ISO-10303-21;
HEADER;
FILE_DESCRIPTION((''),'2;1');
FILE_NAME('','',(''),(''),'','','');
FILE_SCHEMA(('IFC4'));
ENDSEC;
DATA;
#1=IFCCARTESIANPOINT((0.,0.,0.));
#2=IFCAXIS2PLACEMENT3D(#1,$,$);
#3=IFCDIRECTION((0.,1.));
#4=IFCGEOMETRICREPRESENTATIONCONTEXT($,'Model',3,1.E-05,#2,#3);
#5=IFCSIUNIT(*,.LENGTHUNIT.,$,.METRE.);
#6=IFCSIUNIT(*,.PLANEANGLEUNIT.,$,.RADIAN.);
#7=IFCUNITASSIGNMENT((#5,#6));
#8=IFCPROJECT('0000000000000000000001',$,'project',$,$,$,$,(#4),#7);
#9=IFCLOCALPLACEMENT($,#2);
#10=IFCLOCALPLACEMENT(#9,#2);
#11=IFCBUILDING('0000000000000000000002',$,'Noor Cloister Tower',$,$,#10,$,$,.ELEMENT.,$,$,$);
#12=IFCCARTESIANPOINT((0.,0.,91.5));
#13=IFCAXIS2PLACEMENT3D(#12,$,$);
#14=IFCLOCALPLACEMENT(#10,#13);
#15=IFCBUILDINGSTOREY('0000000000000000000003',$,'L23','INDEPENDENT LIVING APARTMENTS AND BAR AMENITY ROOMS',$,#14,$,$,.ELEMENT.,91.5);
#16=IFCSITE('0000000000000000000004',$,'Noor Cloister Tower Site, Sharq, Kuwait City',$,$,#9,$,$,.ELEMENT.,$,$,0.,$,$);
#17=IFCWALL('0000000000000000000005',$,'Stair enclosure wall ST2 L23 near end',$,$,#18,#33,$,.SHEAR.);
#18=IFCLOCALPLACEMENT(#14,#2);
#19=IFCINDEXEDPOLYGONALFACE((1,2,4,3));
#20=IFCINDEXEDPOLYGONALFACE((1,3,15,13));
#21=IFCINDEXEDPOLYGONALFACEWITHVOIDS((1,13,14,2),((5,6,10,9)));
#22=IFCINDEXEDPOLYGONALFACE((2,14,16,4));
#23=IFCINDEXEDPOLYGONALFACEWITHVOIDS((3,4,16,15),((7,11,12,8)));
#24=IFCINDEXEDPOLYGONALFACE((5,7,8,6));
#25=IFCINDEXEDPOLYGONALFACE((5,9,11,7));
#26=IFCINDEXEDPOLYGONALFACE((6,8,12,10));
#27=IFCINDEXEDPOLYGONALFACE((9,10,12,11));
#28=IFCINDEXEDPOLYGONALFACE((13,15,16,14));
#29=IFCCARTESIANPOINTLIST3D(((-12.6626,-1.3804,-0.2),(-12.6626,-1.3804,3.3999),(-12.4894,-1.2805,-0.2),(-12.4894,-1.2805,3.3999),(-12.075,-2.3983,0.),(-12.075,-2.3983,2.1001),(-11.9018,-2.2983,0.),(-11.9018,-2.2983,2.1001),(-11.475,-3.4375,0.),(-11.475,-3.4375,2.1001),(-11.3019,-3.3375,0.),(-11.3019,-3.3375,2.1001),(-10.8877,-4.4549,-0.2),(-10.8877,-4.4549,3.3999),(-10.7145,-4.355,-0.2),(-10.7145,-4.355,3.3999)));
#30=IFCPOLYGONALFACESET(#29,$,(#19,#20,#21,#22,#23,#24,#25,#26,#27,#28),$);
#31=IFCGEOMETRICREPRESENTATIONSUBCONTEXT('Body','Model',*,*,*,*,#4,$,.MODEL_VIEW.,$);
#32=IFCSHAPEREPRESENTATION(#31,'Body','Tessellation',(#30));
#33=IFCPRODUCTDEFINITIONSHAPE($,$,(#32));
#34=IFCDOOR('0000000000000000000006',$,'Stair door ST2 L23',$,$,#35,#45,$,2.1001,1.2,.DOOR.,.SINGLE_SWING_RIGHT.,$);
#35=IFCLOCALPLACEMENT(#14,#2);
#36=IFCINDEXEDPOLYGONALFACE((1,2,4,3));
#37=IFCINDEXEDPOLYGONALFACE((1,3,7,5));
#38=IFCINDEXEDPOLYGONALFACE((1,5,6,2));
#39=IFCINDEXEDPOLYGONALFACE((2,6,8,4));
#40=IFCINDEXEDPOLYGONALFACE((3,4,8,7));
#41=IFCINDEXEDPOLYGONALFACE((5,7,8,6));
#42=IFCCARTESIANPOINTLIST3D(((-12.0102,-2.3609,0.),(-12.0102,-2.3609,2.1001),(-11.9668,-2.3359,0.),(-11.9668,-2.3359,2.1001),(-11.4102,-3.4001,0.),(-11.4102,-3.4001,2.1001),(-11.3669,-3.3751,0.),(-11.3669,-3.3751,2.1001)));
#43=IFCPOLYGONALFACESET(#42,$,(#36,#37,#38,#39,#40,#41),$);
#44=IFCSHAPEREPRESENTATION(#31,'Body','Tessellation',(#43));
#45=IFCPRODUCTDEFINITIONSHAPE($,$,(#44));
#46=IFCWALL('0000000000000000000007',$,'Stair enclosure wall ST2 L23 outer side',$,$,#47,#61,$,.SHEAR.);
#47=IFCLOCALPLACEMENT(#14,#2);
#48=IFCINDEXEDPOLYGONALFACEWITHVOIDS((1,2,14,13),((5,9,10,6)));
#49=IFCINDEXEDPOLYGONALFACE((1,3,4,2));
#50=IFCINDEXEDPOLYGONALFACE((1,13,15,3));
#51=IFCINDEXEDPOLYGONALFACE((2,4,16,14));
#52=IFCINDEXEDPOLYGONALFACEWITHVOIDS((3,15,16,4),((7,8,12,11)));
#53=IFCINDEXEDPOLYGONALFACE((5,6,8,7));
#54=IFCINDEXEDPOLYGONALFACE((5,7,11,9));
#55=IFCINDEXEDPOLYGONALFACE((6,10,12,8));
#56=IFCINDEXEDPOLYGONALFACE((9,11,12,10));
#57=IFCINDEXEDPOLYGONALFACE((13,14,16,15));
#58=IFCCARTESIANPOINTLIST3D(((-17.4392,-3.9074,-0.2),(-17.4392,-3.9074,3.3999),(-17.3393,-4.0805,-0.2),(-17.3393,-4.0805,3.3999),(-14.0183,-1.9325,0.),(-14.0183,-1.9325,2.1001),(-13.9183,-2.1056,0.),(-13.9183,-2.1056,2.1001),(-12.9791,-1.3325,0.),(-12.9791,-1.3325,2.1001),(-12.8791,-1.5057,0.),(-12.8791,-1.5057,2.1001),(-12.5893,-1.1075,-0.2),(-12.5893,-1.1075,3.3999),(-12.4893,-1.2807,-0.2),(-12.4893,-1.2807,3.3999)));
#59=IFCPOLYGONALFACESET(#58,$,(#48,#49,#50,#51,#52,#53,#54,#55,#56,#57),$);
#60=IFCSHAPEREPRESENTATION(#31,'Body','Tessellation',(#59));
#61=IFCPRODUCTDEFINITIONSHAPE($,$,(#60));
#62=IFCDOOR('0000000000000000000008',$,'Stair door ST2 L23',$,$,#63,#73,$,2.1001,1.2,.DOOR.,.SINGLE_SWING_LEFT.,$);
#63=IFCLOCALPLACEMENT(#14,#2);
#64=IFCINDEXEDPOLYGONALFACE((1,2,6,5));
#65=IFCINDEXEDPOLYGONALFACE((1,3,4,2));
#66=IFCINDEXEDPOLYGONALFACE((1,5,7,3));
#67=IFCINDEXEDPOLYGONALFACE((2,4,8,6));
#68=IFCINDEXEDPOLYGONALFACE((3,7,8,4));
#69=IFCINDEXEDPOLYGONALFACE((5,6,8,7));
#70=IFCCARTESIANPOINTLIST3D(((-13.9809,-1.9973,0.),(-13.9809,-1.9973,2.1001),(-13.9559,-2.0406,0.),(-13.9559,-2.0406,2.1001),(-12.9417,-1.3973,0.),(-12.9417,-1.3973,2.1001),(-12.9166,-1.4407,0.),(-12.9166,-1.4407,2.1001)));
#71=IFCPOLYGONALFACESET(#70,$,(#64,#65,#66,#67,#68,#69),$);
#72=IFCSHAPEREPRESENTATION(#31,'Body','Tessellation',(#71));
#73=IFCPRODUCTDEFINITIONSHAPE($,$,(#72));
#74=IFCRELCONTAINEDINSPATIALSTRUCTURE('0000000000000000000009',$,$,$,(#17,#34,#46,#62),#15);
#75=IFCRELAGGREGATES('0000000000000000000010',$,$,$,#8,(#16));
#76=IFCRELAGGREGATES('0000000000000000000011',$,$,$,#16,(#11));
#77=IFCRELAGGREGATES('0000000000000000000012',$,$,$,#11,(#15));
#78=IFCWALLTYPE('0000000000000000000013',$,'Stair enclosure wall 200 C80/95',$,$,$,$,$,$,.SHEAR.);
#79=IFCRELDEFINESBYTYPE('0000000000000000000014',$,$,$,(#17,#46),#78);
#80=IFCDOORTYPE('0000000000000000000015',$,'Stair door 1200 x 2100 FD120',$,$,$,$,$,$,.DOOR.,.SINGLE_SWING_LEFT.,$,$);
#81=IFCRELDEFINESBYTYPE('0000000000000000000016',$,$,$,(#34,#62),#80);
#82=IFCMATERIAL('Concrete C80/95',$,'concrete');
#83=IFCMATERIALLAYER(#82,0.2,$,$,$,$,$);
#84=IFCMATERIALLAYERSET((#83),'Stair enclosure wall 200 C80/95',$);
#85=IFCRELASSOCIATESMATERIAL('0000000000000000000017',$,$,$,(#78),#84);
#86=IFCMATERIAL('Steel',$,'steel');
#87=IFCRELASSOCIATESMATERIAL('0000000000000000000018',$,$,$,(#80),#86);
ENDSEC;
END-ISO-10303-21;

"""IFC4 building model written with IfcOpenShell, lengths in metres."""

from ifc_helpers import new_model, si_unit, direction, frame, frame_2d, origin, place, context, subcontext, project, spatial, rectangle, extrude, material, layer, layer_set, type_object, element, fill, save


model = new_model("IFC4")

# Units and contexts
model_context = context("Model", 3, precision=1e-05, world=origin(), true_north=direction((0.0, 1.0)))
body_context = subcontext(model_context, "Body", "Model", "MODEL_VIEW")
ifc_project = project(units=[si_unit("LENGTHUNIT", "METRE"), si_unit("PLANEANGLEUNIT", "RADIAN")], contexts=[model_context])

# Site, building, storey
site_placement = place(None, origin())
site = spatial("IfcSite", under=ifc_project, at=site_placement, Name="Noor Cloister Tower Site, Sharq, Kuwait City", CompositionType="ELEMENT", RefElevation=0.0)
building_placement = place(site_placement, origin())
building = spatial("IfcBuilding", under=site, at=building_placement, Name="Noor Cloister Tower", CompositionType="ELEMENT")
storey_placement = place(building_placement, frame((0.0, 0.0, 91.5)))
storey = spatial("IfcBuildingStorey", under=building, at=storey_placement, Name="L23", Description="INDEPENDENT LIVING APARTMENTS AND BAR AMENITY ROOMS", CompositionType="ELEMENT", Elevation=91.5)

# Walls, openings, doors
ifc_material_1 = material(Name="Concrete C80/95", Category="concrete")
ifc_layer_1 = layer(ifc_material_1, 0.2)
ifc_layer_set_1 = layer_set([ifc_layer_1], Name="Stair enclosure wall 200 C80/95")
wall_type_1 = type_object("IfcWallType", Name="Stair enclosure wall 200 C80/95", PredefinedType="SHEAR", material=ifc_layer_set_1)
wall_1_placement = place(storey_placement, frame((-12.5759, -1.3306, -0.2), z_axis=(0.0, 0.0, 1.0), x_axis=(0.49997, -0.866042, 0.0)))
wall_1 = element("IfcWall", 1, at=wall_1_placement, inside=storey, type_object=wall_type_1, Name="Stair enclosure wall ST2 L23 near end", PredefinedType="SHEAR", context=body_context, shape_type="SweptSolid", body=[
    extrude(rectangle(XDim=3.55, YDim=0.2, at=frame_2d((1.7749, 0.0))), origin(), (0.0, 0.0, 1.0), 3.5999),
])
opening_1_placement = place(wall_1_placement, frame((1.175, 0.0, 0.2)))
opening_1 = element("IfcOpeningElement", 2, at=opening_1_placement, cuts=wall_1, PredefinedType="OPENING", context=body_context, shape_type="SweptSolid", body=[
    extrude(rectangle(XDim=1.2, YDim=2.1001, at=frame_2d((0.6001, 1.05))), frame((0.0, 0.1099, 0.0), z_axis=(0.0, -1.0, 0.0), x_axis=(1.0, 0.0, 0.0)), (0.0, 0.0, 1.0), 0.22),
])
ifc_material_2 = material(Name="Steel", Category="steel")
door_type_1 = type_object("IfcDoorType", Name="Stair door 1200 x 2100 FD120", OperationType="SINGLE_SWING_LEFT", PredefinedType="DOOR", material=ifc_material_2)
door_1_placement = place(opening_1_placement, origin())
door_1 = element("IfcDoor", 3, at=door_1_placement, inside=storey, type_object=door_type_1, Name="Stair door ST2 L23", OperationType="SINGLE_SWING_RIGHT", OverallHeight=2.1001, OverallWidth=1.2, PredefinedType="DOOR", context=body_context, shape_type="SweptSolid", body=[
    extrude(rectangle(XDim=1.2, YDim=2.1001, at=frame_2d((0.6001, 1.05))), frame((0.0, 0.0249, 0.0), z_axis=(0.0, -1.0, 0.0), x_axis=(1.0, 0.0, 0.0)), (0.0, 0.0, 1.0), 0.05),
])
fill(opening_1, door_1)
wall_2_placement = place(storey_placement, frame((-12.5393, -1.1941, -0.2), z_axis=(0.0, 0.0, 1.0), x_axis=(-0.866045, -0.499965, 0.0)))
wall_2 = element("IfcWall", 4, at=wall_2_placement, inside=storey, type_object=wall_type_1, Name="Stair enclosure wall ST2 L23 outer side", PredefinedType="SHEAR", context=body_context, shape_type="SweptSolid", body=[
    extrude(rectangle(XDim=5.6001, YDim=0.2, at=frame_2d((2.8, 0.0))), origin(), (0.0, 0.0, 1.0), 3.5999),
])
opening_2_placement = place(wall_2_placement, frame((0.45, 0.0, 0.2)))
opening_2 = element("IfcOpeningElement", 5, at=opening_2_placement, cuts=wall_2, PredefinedType="OPENING", context=body_context, shape_type="SweptSolid", body=[
    extrude(rectangle(XDim=1.2, YDim=2.1001, at=frame_2d((0.6001, 1.05))), frame((0.0, 0.1099, 0.0), z_axis=(0.0, -1.0, 0.0), x_axis=(1.0, 0.0, 0.0)), (0.0, 0.0, 1.0), 0.22),
])
door_2_placement = place(opening_2_placement, origin())
door_2 = element("IfcDoor", 6, at=door_2_placement, inside=storey, type_object=door_type_1, Name="Stair door ST2 L23", OperationType="SINGLE_SWING_LEFT", OverallHeight=2.1001, OverallWidth=1.2, PredefinedType="DOOR", context=body_context, shape_type="SweptSolid", body=[
    extrude(rectangle(XDim=1.2, YDim=2.1001, at=frame_2d((0.6001, 1.05))), frame((0.0, 0.0249, 0.0), z_axis=(0.0, -1.0, 0.0), x_axis=(1.0, 0.0, 0.0)), (0.0, 0.0, 1.0), 0.05),
])
fill(opening_2, door_2)

save(model, "model.ifc")
